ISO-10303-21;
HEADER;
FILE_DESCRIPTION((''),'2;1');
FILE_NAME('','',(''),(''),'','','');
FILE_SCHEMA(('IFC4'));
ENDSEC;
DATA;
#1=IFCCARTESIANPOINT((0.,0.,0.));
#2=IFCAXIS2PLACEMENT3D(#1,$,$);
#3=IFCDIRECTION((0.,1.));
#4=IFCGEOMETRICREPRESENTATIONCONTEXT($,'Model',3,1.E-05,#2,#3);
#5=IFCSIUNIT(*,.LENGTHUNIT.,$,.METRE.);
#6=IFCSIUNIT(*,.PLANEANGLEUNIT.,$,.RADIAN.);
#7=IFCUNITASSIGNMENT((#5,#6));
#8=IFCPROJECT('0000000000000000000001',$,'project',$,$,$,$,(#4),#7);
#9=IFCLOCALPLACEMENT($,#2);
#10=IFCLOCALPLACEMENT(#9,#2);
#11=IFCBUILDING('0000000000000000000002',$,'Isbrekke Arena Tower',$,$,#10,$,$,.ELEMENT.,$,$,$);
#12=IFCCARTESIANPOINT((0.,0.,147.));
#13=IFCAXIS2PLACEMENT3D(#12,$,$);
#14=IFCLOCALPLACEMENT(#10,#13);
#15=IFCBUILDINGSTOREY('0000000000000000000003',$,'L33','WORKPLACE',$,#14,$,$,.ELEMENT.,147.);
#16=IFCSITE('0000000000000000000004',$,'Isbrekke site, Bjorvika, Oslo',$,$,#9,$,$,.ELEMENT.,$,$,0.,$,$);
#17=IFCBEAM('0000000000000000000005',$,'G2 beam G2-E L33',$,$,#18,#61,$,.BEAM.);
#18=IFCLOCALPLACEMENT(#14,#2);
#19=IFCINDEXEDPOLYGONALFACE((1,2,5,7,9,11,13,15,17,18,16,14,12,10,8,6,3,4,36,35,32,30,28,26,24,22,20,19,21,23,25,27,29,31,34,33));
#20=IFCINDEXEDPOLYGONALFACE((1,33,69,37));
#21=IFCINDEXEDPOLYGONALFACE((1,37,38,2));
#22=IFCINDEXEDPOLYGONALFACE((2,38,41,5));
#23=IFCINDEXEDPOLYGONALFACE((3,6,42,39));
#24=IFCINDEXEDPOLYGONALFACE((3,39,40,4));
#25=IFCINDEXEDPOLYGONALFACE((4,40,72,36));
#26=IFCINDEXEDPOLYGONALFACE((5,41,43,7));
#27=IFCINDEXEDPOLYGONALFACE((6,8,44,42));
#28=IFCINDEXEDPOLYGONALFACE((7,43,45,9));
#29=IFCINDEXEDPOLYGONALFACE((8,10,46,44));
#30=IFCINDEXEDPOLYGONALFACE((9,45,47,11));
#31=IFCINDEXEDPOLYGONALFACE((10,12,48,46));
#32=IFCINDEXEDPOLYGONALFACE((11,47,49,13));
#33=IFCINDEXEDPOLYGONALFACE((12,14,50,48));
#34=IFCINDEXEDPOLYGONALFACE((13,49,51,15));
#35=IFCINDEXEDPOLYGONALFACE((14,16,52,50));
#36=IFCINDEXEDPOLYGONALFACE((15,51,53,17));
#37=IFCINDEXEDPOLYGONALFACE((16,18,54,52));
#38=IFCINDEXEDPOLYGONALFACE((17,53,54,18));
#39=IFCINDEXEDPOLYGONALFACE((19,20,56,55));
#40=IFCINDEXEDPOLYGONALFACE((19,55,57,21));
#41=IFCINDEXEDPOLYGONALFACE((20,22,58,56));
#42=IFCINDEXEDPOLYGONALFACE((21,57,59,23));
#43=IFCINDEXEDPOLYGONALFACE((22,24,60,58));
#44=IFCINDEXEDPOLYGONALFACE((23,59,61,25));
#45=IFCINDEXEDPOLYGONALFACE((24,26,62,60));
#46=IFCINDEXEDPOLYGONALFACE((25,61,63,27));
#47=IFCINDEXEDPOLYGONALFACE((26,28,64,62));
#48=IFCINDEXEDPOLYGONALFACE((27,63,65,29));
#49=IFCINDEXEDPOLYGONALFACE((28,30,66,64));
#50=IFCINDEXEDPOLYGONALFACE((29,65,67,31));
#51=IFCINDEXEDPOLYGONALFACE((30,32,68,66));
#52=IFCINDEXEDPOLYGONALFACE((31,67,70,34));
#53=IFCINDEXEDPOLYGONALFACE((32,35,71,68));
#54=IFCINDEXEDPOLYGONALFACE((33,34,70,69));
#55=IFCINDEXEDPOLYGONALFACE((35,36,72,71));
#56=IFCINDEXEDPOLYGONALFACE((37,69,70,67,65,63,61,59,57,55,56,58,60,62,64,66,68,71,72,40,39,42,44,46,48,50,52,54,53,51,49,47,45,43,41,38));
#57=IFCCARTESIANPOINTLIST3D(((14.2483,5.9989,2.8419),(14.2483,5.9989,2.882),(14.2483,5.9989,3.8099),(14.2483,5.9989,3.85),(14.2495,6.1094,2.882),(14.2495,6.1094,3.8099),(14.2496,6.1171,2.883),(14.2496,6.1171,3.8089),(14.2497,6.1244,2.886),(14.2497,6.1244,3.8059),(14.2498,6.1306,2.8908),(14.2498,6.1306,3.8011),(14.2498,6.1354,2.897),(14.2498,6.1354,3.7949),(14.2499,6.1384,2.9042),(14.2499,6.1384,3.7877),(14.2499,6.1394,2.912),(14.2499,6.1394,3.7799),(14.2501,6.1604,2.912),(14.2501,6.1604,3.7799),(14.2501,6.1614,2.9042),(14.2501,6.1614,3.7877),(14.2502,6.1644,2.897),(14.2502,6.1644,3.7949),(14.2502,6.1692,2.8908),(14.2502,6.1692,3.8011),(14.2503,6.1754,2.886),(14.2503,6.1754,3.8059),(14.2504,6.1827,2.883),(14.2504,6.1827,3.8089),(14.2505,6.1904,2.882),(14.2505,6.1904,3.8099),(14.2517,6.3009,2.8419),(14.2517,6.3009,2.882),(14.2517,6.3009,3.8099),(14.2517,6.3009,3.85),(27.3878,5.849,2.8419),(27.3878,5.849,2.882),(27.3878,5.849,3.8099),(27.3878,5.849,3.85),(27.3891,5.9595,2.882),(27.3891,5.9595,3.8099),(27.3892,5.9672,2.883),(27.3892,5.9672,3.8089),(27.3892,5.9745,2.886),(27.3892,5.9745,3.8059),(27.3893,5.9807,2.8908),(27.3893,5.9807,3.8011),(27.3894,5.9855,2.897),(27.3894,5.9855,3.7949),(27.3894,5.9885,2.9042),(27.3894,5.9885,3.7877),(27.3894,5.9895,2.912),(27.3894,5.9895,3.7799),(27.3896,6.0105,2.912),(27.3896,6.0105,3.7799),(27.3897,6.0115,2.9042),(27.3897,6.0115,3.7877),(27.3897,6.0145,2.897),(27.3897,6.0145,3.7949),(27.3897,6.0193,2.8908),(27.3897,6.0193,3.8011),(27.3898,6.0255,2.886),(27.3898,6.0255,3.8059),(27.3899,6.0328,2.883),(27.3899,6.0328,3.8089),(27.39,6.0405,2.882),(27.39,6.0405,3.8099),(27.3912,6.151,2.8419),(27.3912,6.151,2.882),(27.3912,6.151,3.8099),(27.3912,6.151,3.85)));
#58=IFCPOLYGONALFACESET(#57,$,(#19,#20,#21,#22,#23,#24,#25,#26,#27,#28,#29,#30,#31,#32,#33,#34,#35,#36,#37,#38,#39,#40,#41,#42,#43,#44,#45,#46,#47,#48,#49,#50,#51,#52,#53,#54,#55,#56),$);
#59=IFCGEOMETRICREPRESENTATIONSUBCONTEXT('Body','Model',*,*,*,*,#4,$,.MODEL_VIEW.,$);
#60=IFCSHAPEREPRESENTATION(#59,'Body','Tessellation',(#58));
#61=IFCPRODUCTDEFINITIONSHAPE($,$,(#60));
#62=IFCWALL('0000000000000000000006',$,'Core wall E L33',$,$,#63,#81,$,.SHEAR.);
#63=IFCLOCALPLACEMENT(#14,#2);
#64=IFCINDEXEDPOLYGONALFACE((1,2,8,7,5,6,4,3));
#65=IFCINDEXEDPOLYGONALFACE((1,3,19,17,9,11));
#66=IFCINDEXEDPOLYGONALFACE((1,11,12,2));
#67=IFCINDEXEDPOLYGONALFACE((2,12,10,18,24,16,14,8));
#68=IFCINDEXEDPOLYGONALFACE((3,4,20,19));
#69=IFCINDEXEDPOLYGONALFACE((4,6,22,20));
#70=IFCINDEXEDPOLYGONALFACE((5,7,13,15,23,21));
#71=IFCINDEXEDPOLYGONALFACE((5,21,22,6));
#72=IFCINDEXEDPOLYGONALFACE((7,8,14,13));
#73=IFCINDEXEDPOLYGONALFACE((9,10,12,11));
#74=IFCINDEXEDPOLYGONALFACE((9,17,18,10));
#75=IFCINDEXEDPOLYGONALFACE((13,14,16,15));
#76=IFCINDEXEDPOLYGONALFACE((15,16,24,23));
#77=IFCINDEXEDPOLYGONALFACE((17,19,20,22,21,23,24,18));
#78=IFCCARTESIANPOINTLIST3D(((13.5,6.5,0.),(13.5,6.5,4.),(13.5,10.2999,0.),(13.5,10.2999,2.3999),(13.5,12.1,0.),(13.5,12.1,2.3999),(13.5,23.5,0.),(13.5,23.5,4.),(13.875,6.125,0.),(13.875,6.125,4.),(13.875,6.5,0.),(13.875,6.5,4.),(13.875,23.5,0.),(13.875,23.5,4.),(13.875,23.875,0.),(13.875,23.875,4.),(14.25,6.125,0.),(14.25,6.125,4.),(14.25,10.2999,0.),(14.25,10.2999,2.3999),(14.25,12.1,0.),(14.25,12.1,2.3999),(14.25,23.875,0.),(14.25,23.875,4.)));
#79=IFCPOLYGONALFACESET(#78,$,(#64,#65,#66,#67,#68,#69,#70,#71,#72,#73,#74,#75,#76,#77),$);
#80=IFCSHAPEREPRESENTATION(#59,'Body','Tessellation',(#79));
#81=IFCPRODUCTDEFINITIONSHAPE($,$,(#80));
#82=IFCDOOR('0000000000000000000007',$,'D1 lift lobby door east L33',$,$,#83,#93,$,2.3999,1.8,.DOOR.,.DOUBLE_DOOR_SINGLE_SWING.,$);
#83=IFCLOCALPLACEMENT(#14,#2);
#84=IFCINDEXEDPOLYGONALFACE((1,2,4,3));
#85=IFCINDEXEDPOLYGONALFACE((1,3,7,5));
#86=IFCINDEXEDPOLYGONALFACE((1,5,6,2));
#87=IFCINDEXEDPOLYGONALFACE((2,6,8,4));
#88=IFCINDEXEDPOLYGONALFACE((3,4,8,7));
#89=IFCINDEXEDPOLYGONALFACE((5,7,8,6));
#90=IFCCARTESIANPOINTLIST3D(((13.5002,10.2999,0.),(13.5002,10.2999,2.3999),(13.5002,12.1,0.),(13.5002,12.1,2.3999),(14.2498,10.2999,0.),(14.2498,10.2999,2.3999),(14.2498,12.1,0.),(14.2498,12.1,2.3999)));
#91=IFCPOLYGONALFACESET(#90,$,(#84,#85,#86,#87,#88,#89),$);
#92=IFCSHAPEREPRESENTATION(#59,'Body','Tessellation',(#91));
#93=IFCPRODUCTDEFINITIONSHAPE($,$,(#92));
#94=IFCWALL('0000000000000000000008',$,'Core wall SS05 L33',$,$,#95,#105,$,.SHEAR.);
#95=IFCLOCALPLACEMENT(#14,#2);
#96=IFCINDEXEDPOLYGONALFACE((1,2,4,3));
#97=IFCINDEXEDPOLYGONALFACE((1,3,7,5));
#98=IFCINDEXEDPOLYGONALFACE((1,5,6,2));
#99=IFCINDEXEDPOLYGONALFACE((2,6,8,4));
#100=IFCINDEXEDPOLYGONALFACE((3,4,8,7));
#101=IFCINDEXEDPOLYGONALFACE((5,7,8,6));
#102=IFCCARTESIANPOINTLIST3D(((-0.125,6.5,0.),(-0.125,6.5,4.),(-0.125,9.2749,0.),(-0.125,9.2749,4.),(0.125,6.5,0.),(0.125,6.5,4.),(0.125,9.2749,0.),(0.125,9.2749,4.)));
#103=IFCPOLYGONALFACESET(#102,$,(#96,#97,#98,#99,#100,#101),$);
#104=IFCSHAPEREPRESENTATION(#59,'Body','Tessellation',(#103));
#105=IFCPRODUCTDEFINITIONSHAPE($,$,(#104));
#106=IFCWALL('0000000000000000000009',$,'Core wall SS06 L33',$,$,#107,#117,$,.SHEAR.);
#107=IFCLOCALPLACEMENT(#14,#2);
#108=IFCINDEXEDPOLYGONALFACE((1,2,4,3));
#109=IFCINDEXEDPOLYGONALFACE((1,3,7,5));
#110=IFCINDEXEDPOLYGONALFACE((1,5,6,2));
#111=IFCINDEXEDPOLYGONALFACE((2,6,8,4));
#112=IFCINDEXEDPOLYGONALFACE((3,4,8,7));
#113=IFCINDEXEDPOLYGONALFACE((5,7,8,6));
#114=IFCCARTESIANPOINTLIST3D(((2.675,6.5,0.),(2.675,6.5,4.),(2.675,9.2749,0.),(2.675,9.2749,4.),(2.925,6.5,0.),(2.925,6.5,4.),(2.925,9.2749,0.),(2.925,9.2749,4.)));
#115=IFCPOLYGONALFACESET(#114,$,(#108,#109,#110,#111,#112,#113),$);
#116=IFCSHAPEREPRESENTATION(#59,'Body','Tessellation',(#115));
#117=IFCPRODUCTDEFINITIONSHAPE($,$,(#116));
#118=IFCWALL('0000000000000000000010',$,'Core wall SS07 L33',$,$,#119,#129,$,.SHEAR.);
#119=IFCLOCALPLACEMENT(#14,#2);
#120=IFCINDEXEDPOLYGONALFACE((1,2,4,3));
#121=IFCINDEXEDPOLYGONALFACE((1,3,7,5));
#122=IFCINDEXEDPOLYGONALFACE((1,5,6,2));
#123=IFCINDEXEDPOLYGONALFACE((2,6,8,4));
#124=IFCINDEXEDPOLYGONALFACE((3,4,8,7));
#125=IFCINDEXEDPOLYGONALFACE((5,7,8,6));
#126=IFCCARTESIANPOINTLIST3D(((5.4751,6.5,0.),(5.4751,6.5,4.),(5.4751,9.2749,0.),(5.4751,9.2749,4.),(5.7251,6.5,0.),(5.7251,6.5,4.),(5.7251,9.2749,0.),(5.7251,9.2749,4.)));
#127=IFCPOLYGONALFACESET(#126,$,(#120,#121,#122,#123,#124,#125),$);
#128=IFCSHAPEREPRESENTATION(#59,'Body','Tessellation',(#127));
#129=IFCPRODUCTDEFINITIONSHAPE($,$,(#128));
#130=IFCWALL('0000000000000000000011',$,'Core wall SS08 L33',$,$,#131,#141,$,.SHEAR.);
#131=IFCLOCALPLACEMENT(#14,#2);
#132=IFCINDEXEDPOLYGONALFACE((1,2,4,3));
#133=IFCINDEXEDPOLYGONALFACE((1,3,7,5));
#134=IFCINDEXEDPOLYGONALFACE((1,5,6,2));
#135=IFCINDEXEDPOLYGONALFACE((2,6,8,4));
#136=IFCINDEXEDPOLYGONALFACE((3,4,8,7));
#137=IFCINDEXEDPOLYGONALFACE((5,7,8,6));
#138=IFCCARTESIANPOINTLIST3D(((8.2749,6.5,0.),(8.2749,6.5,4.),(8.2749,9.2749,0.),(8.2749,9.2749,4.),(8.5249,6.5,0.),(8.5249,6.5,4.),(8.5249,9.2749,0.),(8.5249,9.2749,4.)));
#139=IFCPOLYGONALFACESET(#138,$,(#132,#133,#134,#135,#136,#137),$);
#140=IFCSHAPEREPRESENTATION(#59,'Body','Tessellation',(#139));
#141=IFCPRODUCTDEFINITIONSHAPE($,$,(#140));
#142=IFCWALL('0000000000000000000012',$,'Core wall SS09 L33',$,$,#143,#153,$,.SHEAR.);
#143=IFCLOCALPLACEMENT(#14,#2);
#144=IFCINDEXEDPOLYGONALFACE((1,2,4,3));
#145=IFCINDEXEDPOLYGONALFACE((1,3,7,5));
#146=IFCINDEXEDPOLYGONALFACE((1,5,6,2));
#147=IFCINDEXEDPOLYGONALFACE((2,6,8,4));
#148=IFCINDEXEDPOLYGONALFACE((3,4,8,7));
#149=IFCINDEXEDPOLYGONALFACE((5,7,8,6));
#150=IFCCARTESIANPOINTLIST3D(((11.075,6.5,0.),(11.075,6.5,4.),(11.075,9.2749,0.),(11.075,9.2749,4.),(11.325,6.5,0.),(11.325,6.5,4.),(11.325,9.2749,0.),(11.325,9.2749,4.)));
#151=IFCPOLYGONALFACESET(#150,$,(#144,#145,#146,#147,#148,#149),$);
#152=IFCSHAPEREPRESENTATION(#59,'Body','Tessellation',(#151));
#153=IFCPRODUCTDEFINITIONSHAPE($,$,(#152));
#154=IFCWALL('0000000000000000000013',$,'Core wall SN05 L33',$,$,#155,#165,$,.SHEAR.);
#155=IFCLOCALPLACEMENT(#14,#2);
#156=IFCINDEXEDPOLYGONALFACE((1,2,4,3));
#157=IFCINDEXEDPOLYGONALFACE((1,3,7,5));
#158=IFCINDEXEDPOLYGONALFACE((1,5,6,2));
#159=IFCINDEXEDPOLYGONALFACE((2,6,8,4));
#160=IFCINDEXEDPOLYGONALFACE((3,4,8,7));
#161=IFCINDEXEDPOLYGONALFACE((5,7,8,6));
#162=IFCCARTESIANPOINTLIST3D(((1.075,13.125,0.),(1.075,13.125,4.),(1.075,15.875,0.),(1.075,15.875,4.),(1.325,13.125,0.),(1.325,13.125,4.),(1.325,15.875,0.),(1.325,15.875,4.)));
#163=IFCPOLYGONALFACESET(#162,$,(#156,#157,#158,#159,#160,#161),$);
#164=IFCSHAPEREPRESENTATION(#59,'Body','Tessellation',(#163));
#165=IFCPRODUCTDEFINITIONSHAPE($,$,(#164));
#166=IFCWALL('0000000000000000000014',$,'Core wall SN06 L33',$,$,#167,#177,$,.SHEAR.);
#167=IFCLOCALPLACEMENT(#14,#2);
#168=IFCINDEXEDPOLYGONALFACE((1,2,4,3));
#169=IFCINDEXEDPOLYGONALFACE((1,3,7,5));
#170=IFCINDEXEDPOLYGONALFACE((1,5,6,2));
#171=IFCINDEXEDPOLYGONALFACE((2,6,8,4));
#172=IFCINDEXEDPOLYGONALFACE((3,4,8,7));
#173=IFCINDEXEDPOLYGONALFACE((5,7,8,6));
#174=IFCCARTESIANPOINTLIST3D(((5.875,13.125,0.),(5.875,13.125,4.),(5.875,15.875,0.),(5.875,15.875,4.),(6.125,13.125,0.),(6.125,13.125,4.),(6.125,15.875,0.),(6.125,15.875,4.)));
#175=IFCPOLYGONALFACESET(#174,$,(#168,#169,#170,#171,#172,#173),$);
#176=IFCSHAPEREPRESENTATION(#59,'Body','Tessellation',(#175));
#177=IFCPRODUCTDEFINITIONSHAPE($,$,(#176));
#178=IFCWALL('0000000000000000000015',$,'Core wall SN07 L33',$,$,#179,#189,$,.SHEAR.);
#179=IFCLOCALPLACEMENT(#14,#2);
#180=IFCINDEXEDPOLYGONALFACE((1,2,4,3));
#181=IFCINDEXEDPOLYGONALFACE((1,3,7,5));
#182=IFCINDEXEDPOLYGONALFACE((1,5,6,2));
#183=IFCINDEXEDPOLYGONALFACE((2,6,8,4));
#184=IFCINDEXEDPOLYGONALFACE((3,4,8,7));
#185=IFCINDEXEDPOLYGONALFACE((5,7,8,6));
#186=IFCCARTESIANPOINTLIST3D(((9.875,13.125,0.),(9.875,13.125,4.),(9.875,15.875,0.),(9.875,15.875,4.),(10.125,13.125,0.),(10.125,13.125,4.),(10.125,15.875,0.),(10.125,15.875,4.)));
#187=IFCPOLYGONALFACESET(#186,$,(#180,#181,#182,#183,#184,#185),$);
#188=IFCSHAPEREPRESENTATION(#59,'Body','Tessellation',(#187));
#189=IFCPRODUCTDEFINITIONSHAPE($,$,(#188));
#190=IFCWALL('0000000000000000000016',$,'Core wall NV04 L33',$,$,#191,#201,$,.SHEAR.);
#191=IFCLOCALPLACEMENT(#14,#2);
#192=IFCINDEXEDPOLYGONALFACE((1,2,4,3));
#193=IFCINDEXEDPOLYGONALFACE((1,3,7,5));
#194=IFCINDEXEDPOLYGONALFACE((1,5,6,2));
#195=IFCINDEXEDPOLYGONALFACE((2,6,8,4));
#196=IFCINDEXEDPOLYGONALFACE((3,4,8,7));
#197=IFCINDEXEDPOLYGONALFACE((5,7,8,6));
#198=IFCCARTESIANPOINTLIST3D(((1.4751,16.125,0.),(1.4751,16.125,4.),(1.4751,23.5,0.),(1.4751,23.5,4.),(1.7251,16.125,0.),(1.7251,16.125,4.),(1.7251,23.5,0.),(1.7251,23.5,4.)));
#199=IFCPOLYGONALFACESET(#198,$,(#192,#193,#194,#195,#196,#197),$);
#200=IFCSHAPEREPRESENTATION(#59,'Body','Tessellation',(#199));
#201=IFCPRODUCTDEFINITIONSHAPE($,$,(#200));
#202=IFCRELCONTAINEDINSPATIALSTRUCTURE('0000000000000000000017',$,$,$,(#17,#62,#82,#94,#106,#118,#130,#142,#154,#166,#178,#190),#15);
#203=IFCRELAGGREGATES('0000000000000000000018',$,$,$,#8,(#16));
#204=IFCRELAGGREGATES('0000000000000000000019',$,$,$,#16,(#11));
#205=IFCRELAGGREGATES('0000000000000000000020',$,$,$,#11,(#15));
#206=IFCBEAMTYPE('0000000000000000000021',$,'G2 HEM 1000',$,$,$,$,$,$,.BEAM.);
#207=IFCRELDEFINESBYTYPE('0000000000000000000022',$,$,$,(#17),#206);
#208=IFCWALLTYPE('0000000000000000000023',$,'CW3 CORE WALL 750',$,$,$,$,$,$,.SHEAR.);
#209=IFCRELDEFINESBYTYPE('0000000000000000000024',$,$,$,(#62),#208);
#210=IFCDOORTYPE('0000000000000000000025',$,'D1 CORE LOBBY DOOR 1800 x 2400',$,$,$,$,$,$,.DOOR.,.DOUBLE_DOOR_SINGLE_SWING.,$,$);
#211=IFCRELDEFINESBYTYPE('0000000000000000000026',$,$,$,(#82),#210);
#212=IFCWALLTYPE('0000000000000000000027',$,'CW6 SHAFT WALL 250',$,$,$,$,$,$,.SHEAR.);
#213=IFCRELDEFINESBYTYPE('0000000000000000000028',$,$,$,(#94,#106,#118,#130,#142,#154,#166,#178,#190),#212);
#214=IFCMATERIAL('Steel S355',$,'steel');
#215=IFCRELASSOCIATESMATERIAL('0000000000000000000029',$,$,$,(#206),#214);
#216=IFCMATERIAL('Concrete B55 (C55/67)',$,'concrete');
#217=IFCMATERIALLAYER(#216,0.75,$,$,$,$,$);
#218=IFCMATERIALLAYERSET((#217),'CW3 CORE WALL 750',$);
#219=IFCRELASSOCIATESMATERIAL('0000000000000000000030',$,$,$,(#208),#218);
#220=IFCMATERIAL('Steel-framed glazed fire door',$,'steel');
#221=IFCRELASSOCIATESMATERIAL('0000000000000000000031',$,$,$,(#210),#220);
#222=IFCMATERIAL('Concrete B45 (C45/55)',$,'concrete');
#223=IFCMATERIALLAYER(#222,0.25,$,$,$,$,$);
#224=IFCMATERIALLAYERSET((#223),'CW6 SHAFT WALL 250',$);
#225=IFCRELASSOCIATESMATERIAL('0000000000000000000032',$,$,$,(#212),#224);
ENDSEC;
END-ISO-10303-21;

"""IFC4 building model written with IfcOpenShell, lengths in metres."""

from ifc_helpers import new_model, si_unit, direction, frame, frame_2d, origin, origin_2d, place, context, subcontext, project, spatial, polyline, rectangle, i_section, outline, extrude, material, layer, layer_set, material_profile, profile_set, type_object, element, fill, save


model = new_model("IFC4")

# Units and contexts
model_context = context("Model", 3, precision=1e-05, world=origin(), true_north=direction((0.0, 1.0)))
body_context = subcontext(model_context, "Body", "Model", "MODEL_VIEW")
ifc_project = project(units=[si_unit("LENGTHUNIT", "METRE"), si_unit("PLANEANGLEUNIT", "RADIAN")], contexts=[model_context])

# Site, building, storey
site_placement = place(None, origin())
site = spatial("IfcSite", under=ifc_project, at=site_placement, Name="Isbrekke site, Bjorvika, Oslo", CompositionType="ELEMENT", RefElevation=0.0)
building_placement = place(site_placement, origin())
building = spatial("IfcBuilding", under=site, at=building_placement, Name="Isbrekke Arena Tower", CompositionType="ELEMENT")
storey_placement = place(building_placement, frame((0.0, 0.0, 147.0)))
storey = spatial("IfcBuildingStorey", under=building, at=storey_placement, Name="L33", Description="WORKPLACE", CompositionType="ELEMENT", Elevation=147.0)

# Beam
ifc_material_1 = material(Name="Steel S355", Category="steel")
ifc_material_profile = material_profile(ifc_material_1, i_section(OverallWidth=0.302, OverallDepth=1.0081, WebThickness=0.021, FlangeThickness=0.04, FilletRadius=0.03, at=origin_2d()), Name="HEM 1000")
ifc_profile_set = profile_set([ifc_material_profile], Name="Steel S355")
beam_type = type_object("IfcBeamType", Name="G2 HEM 1000", PredefinedType="BEAM", material=ifc_profile_set)
beam_placement = place(storey_placement, frame((14.25, 6.1499, 3.3459), z_axis=(0.999935, -0.011408, 0.0), x_axis=(0.011408, 0.999935, 0.0)))
element("IfcBeam", 1, at=beam_placement, inside=storey, type_object=beam_type, Name="G2 beam G2-E L33", PredefinedType="BEAM", context=body_context, shape_type="SweptSolid", body=[
    extrude(i_section(OverallWidth=0.302, OverallDepth=1.0081, WebThickness=0.021, FlangeThickness=0.04, FilletRadius=0.03, at=origin_2d()), origin(), (0.0, 0.0, 1.0), 13.1404),
])

# Wall, opening, door
ifc_material_2 = material(Name="Concrete B55 (C55/67)", Category="concrete")
ifc_layer_1 = layer(ifc_material_2, 0.75)
ifc_layer_set_1 = layer_set([ifc_layer_1], Name="CW3 CORE WALL 750")
wall_type_1 = type_object("IfcWallType", Name="CW3 CORE WALL 750", PredefinedType="SHEAR", material=ifc_layer_set_1)
wall_1_placement = place(storey_placement, frame((13.875, 6.125, 0.0), z_axis=(0.0, 0.0, 1.0), x_axis=(0.0, 1.0, 0.0)))
wall_1 = element("IfcWall", 2, at=wall_1_placement, inside=storey, type_object=wall_type_1, Name="Core wall E L33", PredefinedType="SHEAR", context=body_context, shape_type="SweptSolid", body=[
    extrude(outline(polyline([(0.0, -0.375), (17.75, -0.375), (17.75, 0.0), (17.375, 0.0), (17.375, 0.375), (0.375, 0.375), (0.375, 0.0), (0.0, 0.0), (0.0, -0.375)])), origin(), (0.0, 0.0, 1.0), 4.0),
])
opening_1_placement = place(wall_1_placement, frame((4.175, 0.0, 0.0)))
opening_1 = element("IfcOpeningElement", 3, at=opening_1_placement, cuts=wall_1, PredefinedType="OPENING", context=body_context, shape_type="SweptSolid", body=[
    extrude(rectangle(XDim=1.8, YDim=2.3999, at=frame_2d((0.8999, 1.2))), frame((0.0, 0.3899, 0.0), z_axis=(0.0, -1.0, 0.0), x_axis=(1.0, 0.0, 0.0)), (0.0, 0.0, 1.0), 0.7798),
])
ifc_material_3 = material(Name="Steel-framed glazed fire door", Category="steel")
door_type_1 = type_object("IfcDoorType", Name="D1 CORE LOBBY DOOR 1800 x 2400", OperationType="DOUBLE_DOOR_SINGLE_SWING", PredefinedType="DOOR", material=ifc_material_3)
door_1_placement = place(opening_1_placement, origin())
door_1 = element("IfcDoor", 4, at=door_1_placement, inside=storey, type_object=door_type_1, Name="D1 lift lobby door east L33", OperationType="DOUBLE_DOOR_SINGLE_SWING", OverallHeight=2.3999, OverallWidth=1.8, PredefinedType="DOOR", context=body_context, shape_type="SweptSolid", body=[
    extrude(rectangle(XDim=1.8, YDim=2.3999, at=frame_2d((0.8999, 1.2))), frame((0.0, 0.3748, 0.0), z_axis=(0.0, -1.0, 0.0), x_axis=(1.0, 0.0, 0.0)), (0.0, 0.0, 1.0), 0.7495),
])
fill(opening_1, door_1)

# Walls
ifc_material_4 = material(Name="Concrete B45 (C45/55)", Category="concrete")
ifc_layer_2 = layer(ifc_material_4, 0.25)
ifc_layer_set_2 = layer_set([ifc_layer_2], Name="CW6 SHAFT WALL 250")
wall_type_2 = type_object("IfcWallType", Name="CW6 SHAFT WALL 250", PredefinedType="SHEAR", material=ifc_layer_set_2)
for number, where, z_axis, x_axis, name in (
    (5, (0.0, 6.5, 0.0), (0.0, 0.0, 1.0), (0.0, 1.0, 0.0), "Core wall SS05 L33"),
    (6, (2.8, 6.5, 0.0), (0.0, 0.0, 1.0), (0.0, 1.0, 0.0), "Core wall SS06 L33"),
    (7, (5.6001, 6.5, 0.0), (0.0, 0.0, 1.0), (0.0, 1.0, 0.0), "Core wall SS07 L33"),
    (8, (8.3999, 6.5, 0.0), (0.0, 0.0, 1.0), (0.0, 1.0, 0.0), "Core wall SS08 L33"),
    (9, (11.2, 6.5, 0.0), (0.0, 0.0, 1.0), (0.0, 1.0, 0.0), "Core wall SS09 L33"),
):
    element("IfcWall", number, at=place(storey_placement, frame(where, z_axis=z_axis, x_axis=x_axis)), inside=storey, type_object=wall_type_2, Name=name, PredefinedType="SHEAR", context=body_context, shape_type="SweptSolid", body=[
        extrude(rectangle(XDim=2.7749, YDim=0.25, at=frame_2d((1.3875, 0.0))), origin(), (0.0, 0.0, 1.0), 4.0),
    ])
for number, where, z_axis, x_axis, name in (
    (10, (1.2, 13.125, 0.0), (0.0, 0.0, 1.0), (0.0, 1.0, 0.0), "Core wall SN05 L33"),
    (11, (6.0, 13.125, 0.0), (0.0, 0.0, 1.0), (0.0, 1.0, 0.0), "Core wall SN06 L33"),
    (12, (10.0, 13.125, 0.0), (0.0, 0.0, 1.0), (0.0, 1.0, 0.0), "Core wall SN07 L33"),
):
    element("IfcWall", number, at=place(storey_placement, frame(where, z_axis=z_axis, x_axis=x_axis)), inside=storey, type_object=wall_type_2, Name=name, PredefinedType="SHEAR", context=body_context, shape_type="SweptSolid", body=[
        extrude(rectangle(XDim=2.75, YDim=0.25, at=frame_2d((1.375, 0.0))), origin(), (0.0, 0.0, 1.0), 4.0),
    ])
wall_2_placement = place(storey_placement, frame((1.6001, 16.125, 0.0), z_axis=(0.0, 0.0, 1.0), x_axis=(0.0, 1.0, 0.0)))
element("IfcWall", 13, at=wall_2_placement, inside=storey, type_object=wall_type_2, Name="Core wall NV04 L33", PredefinedType="SHEAR", context=body_context, shape_type="SweptSolid", body=[
    extrude(rectangle(XDim=7.375, YDim=0.25, at=frame_2d((3.6875, 0.0))), origin(), (0.0, 0.0, 1.0), 4.0),
])

save(model, "model.ifc")
